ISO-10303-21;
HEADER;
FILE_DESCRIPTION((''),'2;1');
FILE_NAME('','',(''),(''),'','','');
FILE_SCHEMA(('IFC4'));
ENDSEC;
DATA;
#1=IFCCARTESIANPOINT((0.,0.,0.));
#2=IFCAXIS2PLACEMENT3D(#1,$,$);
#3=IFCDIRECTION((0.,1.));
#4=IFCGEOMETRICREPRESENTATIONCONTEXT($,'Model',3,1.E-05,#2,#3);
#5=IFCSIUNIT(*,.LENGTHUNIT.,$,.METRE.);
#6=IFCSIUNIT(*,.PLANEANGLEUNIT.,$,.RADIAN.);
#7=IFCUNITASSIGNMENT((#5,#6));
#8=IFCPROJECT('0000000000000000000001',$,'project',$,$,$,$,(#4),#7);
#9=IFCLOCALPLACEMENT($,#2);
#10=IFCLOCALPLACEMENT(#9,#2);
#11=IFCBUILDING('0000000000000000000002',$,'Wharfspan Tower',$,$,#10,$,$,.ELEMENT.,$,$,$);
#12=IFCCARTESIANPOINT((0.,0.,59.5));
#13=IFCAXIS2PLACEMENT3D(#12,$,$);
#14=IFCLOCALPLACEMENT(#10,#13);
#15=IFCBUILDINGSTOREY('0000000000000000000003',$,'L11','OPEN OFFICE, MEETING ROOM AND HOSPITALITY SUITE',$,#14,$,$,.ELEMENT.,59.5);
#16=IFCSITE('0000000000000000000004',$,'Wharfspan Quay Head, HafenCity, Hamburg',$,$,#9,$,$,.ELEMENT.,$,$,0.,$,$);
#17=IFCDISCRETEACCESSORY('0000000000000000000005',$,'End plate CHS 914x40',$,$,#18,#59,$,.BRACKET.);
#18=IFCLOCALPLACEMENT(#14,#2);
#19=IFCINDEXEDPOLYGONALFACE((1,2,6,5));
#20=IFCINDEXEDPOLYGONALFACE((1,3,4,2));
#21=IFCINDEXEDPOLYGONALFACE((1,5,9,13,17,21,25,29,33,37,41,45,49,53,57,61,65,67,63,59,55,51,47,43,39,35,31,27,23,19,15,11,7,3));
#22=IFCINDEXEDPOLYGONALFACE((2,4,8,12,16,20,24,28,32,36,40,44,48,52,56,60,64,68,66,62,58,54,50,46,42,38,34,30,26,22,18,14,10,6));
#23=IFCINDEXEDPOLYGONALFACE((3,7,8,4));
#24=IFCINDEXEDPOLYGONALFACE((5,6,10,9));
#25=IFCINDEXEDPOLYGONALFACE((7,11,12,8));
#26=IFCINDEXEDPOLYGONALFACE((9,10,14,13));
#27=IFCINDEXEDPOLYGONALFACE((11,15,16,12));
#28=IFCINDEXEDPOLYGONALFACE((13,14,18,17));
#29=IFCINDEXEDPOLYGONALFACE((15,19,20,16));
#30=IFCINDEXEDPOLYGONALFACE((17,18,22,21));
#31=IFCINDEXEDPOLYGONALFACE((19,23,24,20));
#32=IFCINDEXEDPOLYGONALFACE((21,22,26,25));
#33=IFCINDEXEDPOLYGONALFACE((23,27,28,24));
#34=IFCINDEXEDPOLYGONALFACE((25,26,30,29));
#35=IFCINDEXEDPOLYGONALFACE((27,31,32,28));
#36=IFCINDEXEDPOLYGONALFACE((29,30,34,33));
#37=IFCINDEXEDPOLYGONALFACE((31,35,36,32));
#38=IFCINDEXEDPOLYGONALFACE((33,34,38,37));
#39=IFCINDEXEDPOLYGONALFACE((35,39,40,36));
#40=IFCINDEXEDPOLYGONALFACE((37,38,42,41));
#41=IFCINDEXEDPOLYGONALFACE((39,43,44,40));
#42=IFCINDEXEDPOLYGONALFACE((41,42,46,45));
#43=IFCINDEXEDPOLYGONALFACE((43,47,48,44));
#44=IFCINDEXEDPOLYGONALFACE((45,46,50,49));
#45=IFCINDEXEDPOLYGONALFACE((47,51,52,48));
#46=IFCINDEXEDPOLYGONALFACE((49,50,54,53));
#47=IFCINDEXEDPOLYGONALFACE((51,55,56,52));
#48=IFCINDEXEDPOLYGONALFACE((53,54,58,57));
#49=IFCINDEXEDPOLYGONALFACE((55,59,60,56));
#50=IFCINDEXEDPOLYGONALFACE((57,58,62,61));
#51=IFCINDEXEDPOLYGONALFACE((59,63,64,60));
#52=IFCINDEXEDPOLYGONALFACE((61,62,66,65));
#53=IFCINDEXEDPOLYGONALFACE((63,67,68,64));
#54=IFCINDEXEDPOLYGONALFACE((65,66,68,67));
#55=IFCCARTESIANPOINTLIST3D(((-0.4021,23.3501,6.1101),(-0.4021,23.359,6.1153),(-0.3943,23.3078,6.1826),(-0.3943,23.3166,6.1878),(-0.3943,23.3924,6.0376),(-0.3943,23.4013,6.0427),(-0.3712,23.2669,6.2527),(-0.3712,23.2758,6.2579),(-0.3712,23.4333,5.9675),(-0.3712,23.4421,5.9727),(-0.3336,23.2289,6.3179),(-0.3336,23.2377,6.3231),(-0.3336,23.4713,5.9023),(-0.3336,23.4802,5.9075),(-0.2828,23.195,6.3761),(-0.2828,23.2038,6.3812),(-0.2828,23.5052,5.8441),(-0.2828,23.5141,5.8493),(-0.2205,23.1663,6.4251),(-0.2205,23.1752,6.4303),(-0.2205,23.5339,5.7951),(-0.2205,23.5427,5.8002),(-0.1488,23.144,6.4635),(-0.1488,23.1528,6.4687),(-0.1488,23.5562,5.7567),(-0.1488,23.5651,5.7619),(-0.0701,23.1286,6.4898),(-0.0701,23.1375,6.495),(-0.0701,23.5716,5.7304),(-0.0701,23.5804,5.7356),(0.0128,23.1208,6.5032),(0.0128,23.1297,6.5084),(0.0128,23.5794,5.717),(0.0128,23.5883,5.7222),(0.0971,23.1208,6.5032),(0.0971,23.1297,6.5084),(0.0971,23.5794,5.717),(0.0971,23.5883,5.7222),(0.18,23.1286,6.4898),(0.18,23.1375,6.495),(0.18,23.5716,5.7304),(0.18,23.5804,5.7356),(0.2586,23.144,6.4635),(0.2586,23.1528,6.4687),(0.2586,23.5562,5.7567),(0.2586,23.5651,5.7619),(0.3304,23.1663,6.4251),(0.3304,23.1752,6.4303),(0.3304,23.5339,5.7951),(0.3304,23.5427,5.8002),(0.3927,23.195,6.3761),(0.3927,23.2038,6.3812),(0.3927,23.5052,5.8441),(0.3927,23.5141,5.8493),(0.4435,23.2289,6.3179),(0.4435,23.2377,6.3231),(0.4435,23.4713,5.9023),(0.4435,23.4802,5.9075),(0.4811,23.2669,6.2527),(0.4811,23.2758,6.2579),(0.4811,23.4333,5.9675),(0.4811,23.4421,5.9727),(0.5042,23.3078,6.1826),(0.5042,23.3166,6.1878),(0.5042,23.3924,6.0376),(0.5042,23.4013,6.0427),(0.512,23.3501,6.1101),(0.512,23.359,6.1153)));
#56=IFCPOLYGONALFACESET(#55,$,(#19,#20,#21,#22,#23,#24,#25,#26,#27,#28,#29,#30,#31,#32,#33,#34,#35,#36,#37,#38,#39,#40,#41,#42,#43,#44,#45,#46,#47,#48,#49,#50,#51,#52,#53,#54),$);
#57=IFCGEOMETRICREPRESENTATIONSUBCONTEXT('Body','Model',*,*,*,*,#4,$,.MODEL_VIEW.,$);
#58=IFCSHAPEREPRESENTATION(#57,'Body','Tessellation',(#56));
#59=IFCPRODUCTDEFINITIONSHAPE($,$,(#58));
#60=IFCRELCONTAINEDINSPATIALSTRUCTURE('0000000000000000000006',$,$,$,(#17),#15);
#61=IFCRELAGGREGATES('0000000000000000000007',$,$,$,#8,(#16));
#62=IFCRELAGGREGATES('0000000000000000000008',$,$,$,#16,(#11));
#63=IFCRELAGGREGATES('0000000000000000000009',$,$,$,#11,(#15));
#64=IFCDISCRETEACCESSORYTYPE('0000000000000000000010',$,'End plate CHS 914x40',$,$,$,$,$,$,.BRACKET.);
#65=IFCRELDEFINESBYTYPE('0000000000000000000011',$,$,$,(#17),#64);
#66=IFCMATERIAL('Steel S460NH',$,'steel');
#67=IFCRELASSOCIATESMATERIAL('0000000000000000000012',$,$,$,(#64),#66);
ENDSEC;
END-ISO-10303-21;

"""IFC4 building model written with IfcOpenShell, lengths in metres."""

from ifc_helpers import new_model, si_unit, direction, frame, origin, origin_2d, place, context, subcontext, project, spatial, circle, extrude, material, material_profile, profile_set, type_object, element, save


model = new_model("IFC4")

# Units and contexts
model_context = context("Model", 3, precision=1e-05, world=origin(), true_north=direction((0.0, 1.0)))
body_context = subcontext(model_context, "Body", "Model", "MODEL_VIEW")
ifc_project = project(units=[si_unit("LENGTHUNIT", "METRE"), si_unit("PLANEANGLEUNIT", "RADIAN")], contexts=[model_context])

# Site, building, storey
site_placement = place(None, origin())
site = spatial("IfcSite", under=ifc_project, at=site_placement, Name="Wharfspan Quay Head, HafenCity, Hamburg", CompositionType="ELEMENT", RefElevation=0.0)
building_placement = place(site_placement, origin())
building = spatial("IfcBuilding", under=site, at=building_placement, Name="Wharfspan Tower", CompositionType="ELEMENT")
storey_placement = place(building_placement, frame((0.0, 0.0, 59.5)))
storey = spatial("IfcBuildingStorey", under=building, at=storey_placement, Name="L11", Description="OPEN OFFICE, MEETING ROOM AND HOSPITALITY SUITE", CompositionType="ELEMENT", Elevation=59.5)

# Shared definitions
ifc_material_1 = material(Name="Steel S460NH", Category="steel")

# Discrete accessory
ifc_material_profile_1 = material_profile(ifc_material_1, circle(Radius=0.457, at=origin_2d()))
ifc_profile_set_1 = profile_set([ifc_material_profile_1], Name="Steel S460NH")
discrete_accessory_type = type_object("IfcDiscreteAccessoryType", Name="End plate CHS 914x40", PredefinedType="BRACKET", material=ifc_profile_set_1)
for number, where, z_axis, x_axis, name in (
    (1, (0.0549, 23.3501, 6.1101), (0.0, 0.863779, 0.503871), (-1.0, 0.0, 0.0), "End plate CHS 914x40"),
):
    element("IfcDiscreteAccessory", number, at=place(storey_placement, frame(where, z_axis=z_axis, x_axis=x_axis)), inside=storey, type_object=discrete_accessory_type, Name=name, PredefinedType="BRACKET", context=body_context, shape_type="SweptSolid", body=[
        extrude(circle(Radius=0.457, at=origin_2d()), origin(), (0.0, 0.0, 1.0), 0.0103),
    ])

save(model, "model.ifc")
